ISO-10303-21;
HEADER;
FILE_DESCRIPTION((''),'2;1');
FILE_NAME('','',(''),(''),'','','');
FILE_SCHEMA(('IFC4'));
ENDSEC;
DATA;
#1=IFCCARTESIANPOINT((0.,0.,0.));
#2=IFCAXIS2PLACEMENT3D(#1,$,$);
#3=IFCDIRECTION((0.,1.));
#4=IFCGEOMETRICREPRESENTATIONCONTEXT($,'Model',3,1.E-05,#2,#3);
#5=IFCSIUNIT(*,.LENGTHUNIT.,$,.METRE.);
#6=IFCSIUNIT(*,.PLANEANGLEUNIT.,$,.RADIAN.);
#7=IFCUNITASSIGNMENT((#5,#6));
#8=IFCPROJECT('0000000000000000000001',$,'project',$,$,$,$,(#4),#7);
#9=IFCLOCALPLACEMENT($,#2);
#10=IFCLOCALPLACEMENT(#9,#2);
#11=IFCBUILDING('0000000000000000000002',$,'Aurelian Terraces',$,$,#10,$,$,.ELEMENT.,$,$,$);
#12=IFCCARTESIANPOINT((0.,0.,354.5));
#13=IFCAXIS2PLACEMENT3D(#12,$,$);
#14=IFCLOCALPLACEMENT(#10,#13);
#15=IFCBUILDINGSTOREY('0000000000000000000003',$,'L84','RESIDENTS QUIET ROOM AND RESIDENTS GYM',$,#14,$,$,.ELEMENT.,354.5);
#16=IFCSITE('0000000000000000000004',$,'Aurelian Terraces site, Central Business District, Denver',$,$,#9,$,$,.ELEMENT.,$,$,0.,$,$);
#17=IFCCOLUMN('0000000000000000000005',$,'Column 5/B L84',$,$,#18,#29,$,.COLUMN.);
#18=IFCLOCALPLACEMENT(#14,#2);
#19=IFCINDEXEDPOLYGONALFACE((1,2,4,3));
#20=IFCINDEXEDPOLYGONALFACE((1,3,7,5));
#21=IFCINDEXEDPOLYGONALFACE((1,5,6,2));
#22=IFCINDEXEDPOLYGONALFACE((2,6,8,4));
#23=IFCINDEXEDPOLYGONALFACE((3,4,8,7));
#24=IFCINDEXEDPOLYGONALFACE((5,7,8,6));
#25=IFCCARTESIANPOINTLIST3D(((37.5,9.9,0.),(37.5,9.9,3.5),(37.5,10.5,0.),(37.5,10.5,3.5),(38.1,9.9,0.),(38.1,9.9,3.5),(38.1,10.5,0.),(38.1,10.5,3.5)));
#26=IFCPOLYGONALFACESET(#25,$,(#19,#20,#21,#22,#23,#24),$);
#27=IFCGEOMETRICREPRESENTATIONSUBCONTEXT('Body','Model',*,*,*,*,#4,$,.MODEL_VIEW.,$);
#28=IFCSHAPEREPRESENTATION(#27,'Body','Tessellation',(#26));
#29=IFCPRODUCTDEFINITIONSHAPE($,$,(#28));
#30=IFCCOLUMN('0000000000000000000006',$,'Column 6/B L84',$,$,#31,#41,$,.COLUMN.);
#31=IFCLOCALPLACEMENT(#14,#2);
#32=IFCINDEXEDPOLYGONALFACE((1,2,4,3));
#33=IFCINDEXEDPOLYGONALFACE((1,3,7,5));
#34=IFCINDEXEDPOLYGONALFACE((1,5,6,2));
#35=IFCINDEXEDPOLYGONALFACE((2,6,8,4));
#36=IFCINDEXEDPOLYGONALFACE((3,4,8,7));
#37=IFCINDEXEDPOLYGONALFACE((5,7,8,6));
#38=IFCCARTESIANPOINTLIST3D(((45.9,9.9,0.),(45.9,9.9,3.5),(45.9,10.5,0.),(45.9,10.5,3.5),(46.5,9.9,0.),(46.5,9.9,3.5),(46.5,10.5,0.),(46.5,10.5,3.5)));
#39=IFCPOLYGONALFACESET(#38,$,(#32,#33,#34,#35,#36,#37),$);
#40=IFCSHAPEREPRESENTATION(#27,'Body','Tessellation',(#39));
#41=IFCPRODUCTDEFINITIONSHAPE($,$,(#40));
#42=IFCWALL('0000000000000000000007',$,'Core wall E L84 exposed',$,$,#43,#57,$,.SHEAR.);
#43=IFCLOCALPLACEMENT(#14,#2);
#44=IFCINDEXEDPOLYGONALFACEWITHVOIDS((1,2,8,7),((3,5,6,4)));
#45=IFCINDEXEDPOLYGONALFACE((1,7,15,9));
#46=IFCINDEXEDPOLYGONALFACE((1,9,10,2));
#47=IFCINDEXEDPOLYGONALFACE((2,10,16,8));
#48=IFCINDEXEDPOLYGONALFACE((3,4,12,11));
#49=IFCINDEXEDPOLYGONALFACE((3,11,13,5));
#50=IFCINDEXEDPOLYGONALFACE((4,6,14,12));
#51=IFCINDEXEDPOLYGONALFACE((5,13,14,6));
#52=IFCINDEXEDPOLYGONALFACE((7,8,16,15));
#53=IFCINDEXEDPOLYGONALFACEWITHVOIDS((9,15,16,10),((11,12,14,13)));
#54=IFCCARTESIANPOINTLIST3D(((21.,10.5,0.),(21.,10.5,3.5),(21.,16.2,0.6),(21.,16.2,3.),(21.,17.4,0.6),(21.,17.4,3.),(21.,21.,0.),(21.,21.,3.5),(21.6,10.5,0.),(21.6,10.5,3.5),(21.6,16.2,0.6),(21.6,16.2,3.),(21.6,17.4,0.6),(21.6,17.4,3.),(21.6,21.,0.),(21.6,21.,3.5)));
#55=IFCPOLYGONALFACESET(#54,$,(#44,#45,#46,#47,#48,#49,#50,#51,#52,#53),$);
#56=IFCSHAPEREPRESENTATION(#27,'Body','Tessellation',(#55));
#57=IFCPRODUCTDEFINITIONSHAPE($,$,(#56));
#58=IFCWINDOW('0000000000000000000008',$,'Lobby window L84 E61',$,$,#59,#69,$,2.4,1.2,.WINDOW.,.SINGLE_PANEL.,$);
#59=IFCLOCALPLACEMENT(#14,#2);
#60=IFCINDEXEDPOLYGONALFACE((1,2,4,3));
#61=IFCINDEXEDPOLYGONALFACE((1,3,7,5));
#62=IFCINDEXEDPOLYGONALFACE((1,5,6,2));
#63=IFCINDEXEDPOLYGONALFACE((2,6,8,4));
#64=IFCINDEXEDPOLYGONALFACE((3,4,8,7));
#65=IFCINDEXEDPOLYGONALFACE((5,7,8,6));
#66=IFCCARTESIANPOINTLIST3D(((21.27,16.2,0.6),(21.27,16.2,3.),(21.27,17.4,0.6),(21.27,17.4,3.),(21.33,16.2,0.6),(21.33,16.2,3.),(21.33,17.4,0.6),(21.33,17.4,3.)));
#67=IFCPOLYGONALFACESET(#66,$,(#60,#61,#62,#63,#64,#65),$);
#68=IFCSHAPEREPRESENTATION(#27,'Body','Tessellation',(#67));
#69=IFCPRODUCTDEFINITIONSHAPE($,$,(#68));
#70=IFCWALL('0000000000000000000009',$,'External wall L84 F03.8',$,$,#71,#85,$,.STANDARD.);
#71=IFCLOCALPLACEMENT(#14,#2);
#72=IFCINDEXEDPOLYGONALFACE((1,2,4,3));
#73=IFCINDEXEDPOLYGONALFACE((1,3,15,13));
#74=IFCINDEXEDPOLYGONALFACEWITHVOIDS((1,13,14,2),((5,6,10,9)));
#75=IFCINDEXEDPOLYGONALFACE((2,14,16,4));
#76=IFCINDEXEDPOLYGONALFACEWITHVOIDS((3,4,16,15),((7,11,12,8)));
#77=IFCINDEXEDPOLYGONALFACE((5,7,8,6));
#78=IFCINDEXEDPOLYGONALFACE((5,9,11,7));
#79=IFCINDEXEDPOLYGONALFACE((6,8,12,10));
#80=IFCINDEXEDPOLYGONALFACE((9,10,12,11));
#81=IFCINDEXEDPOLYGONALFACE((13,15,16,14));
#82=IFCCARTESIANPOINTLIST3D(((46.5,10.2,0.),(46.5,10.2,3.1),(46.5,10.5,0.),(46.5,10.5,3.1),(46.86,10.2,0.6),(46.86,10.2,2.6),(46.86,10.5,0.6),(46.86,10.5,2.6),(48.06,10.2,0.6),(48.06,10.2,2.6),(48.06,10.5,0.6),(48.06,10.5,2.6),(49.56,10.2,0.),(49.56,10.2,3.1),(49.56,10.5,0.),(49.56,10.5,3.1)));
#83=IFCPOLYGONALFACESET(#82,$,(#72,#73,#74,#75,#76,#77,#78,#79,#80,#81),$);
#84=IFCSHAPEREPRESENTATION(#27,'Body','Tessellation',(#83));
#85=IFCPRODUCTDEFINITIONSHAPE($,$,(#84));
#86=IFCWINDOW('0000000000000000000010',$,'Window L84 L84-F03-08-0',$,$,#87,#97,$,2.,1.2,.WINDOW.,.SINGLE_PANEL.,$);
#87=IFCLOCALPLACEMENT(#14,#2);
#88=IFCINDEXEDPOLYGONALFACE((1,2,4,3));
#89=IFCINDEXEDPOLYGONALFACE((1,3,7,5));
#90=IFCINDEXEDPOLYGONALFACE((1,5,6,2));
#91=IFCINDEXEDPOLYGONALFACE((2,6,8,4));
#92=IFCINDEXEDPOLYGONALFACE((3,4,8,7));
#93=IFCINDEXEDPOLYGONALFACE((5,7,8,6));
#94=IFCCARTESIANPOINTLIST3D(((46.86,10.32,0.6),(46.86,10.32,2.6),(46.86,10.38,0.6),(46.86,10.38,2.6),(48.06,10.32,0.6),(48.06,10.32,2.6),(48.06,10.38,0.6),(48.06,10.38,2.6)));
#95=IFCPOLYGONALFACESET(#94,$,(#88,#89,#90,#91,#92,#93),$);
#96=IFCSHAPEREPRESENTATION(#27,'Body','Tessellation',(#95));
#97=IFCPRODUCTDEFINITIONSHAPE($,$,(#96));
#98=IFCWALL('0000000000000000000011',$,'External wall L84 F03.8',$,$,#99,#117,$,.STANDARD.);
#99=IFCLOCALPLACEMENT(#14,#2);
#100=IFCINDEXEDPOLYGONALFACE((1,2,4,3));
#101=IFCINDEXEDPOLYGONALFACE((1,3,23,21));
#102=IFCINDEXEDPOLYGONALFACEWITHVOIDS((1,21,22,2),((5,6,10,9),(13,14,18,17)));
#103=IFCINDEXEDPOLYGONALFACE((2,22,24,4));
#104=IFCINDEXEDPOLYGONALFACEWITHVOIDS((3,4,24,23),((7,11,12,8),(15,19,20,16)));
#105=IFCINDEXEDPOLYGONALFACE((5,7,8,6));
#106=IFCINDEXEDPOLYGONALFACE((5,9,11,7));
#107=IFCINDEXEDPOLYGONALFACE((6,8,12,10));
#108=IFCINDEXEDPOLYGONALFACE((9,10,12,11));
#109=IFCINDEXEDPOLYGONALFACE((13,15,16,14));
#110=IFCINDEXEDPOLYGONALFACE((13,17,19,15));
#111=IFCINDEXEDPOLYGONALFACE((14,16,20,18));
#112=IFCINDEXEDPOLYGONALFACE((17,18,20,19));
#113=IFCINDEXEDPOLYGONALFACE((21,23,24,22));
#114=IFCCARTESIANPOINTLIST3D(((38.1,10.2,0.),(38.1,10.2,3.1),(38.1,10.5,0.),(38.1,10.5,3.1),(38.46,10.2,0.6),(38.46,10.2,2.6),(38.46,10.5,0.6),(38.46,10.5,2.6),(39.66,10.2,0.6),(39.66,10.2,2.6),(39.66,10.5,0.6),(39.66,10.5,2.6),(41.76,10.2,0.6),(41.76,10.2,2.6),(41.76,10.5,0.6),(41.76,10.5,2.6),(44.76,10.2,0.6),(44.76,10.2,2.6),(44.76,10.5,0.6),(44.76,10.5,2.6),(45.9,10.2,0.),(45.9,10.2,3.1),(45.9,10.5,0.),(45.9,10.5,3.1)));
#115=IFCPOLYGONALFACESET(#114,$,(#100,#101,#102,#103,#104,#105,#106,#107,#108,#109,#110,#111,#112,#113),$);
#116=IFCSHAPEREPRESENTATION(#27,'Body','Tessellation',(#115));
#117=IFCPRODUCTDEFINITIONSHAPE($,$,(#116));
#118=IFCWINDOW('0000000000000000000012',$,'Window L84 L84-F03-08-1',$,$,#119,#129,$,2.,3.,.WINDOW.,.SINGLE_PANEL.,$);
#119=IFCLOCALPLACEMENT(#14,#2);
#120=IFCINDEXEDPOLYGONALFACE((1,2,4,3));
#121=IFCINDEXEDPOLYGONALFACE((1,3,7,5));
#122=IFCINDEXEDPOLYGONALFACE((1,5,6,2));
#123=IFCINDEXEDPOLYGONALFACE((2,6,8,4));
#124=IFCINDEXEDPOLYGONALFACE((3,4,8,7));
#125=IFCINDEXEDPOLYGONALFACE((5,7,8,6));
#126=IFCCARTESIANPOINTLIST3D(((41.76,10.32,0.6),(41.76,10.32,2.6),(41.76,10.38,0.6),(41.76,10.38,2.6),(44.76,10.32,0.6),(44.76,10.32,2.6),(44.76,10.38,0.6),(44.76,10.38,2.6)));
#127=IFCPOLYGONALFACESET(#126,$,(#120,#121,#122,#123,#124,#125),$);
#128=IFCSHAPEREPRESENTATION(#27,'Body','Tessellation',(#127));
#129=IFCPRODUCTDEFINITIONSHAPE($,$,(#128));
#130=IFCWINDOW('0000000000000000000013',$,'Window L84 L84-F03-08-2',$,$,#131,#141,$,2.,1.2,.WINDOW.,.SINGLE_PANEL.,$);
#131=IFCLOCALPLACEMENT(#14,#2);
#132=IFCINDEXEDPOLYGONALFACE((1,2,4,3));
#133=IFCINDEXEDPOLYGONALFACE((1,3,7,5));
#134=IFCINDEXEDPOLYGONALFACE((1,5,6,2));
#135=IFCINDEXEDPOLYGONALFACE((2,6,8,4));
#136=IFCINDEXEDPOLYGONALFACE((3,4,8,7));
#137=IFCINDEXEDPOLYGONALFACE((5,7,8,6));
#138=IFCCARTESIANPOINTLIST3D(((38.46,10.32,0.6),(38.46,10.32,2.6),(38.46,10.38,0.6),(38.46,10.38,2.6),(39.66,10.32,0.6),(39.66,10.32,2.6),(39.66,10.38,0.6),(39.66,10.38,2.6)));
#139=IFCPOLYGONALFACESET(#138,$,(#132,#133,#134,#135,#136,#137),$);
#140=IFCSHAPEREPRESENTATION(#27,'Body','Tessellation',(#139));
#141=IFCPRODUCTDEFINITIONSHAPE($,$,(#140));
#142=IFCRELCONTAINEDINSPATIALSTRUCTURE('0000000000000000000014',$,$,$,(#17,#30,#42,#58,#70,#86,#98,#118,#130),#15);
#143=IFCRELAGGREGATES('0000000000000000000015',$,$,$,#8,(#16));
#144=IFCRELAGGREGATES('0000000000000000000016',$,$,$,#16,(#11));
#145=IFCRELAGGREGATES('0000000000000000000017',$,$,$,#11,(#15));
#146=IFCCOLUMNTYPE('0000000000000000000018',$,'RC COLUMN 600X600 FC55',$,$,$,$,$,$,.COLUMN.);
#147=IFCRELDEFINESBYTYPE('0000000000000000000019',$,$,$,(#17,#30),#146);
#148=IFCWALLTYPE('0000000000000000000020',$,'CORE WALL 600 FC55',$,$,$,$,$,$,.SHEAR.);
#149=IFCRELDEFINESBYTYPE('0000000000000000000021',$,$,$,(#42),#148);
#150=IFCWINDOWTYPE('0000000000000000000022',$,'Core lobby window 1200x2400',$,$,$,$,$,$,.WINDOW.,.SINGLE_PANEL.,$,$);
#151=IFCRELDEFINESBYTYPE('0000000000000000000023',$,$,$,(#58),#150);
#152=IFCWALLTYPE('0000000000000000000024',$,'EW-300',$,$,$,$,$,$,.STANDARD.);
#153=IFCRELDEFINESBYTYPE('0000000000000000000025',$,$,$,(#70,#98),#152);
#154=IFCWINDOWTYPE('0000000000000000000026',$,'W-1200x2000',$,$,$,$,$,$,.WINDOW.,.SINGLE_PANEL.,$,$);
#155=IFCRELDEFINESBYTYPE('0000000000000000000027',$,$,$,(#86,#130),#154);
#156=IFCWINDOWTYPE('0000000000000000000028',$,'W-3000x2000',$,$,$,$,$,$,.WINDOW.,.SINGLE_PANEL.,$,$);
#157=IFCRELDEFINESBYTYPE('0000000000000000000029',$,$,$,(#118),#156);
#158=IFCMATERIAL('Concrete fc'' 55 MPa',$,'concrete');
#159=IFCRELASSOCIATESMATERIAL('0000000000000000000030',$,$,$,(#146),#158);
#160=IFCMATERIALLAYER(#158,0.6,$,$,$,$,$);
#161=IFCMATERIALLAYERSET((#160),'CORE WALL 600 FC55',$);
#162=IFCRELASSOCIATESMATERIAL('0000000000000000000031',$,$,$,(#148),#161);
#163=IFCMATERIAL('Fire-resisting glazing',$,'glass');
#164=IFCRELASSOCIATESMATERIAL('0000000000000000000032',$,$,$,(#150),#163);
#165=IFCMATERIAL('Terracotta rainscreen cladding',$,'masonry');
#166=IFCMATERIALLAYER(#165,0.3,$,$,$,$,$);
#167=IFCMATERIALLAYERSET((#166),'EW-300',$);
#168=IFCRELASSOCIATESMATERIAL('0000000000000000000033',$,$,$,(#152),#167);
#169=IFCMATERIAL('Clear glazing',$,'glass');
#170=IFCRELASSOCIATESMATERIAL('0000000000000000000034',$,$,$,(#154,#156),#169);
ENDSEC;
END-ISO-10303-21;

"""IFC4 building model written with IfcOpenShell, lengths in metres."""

from ifc_helpers import new_model, si_unit, direction, frame, frame_2d, origin, origin_2d, place, context, subcontext, project, spatial, rectangle, extrude, source, transform, mapped, material, layer, layer_set, material_profile, profile_set, type_object, element, fill, save


model = new_model("IFC4")

# Units and contexts
model_context = context("Model", 3, precision=1e-05, world=origin(), true_north=direction((0.0, 1.0)))
body_context = subcontext(model_context, "Body", "Model", "MODEL_VIEW")
ifc_project = project(units=[si_unit("LENGTHUNIT", "METRE"), si_unit("PLANEANGLEUNIT", "RADIAN")], contexts=[model_context])

# Site, building, storey
site_placement = place(None, origin())
site = spatial("IfcSite", under=ifc_project, at=site_placement, Name="Aurelian Terraces site, Central Business District, Denver", CompositionType="ELEMENT", RefElevation=0.0)
building_placement = place(site_placement, origin())
building = spatial("IfcBuilding", under=site, at=building_placement, Name="Aurelian Terraces", CompositionType="ELEMENT")
storey_placement = place(building_placement, frame((0.0, 0.0, 354.5)))
storey = spatial("IfcBuildingStorey", under=building, at=storey_placement, Name="L84", Description="RESIDENTS QUIET ROOM AND RESIDENTS GYM", CompositionType="ELEMENT", Elevation=354.5)

# Columns
ifc_material_1 = material(Name="Concrete fc' 55 MPa", Category="concrete")
ifc_material_profile = material_profile(ifc_material_1, rectangle(XDim=0.6, YDim=0.6, at=origin_2d()))
ifc_profile_set = profile_set([ifc_material_profile], Name="Concrete fc' 55 MPa")
column_type = type_object("IfcColumnType", Name="RC COLUMN 600X600 FC55", PredefinedType="COLUMN", material=ifc_profile_set)
shared_shape_1 = source(origin(), body_context, "Body", "SweptSolid", [
    extrude(rectangle(XDim=0.6, YDim=0.6, at=origin_2d()), origin(), (0.0, 0.0, 1.0), 3.5),
])
for number, where, z_axis, x_axis, name in (
    (1, (37.8, 10.2, 0.0), (0.0, 0.0, 1.0), (1.0, 0.0, 0.0), "Column 5/B L84"),
    (2, (46.2, 10.2, 0.0), (0.0, 0.0, 1.0), (1.0, 0.0, 0.0), "Column 6/B L84"),
):
    element("IfcColumn", number, at=place(storey_placement, frame(where, z_axis=z_axis, x_axis=x_axis)), inside=storey, type_object=column_type, Name=name, PredefinedType="COLUMN", context=body_context, shape_type="MappedRepresentation", body=[
        mapped(shared_shape_1, transform((0.0, 0.0, 0.0), scale=1.0)),
    ])

# Walls, openings, windows
ifc_layer_1 = layer(ifc_material_1, 0.6)
ifc_layer_set_1 = layer_set([ifc_layer_1], Name="CORE WALL 600 FC55")
wall_type_1 = type_object("IfcWallType", Name="CORE WALL 600 FC55", PredefinedType="SHEAR", material=ifc_layer_set_1)
shared_shape_2 = source(origin(), body_context, "Body", "SweptSolid", [
    extrude(rectangle(XDim=10.5, YDim=0.6, at=frame_2d((5.25, 0.0))), origin(), (0.0, 0.0, 1.0), 3.5),
])
wall_1_placement = place(storey_placement, frame((21.3, 10.5, 0.0), z_axis=(0.0, 0.0, 1.0), x_axis=(0.0, 1.0, 0.0)))
wall_1 = element("IfcWall", 3, at=wall_1_placement, inside=storey, type_object=wall_type_1, Name="Core wall E L84 exposed", PredefinedType="SHEAR", context=body_context, shape_type="MappedRepresentation", body=[
    mapped(shared_shape_2, transform((0.0, 0.0, 0.0), scale=1.0)),
])
shared_shape_3 = source(origin(), body_context, "Body", "SweptSolid", [
    extrude(rectangle(XDim=1.2, YDim=2.4, at=frame_2d((0.6, 1.2))), frame((0.0, 0.31, 0.0), z_axis=(0.0, -1.0, 0.0), x_axis=(1.0, 0.0, 0.0)), (0.0, 0.0, 1.0), 0.62),
])
opening_1_placement = place(wall_1_placement, frame((5.7, 0.0, 0.6)))
opening_1 = element("IfcOpeningElement", 4, at=opening_1_placement, cuts=wall_1, PredefinedType="OPENING", context=body_context, shape_type="MappedRepresentation", body=[
    mapped(shared_shape_3, transform((0.0, 0.0, 0.0), scale=1.0)),
])
ifc_material_2 = material(Name="Fire-resisting glazing", Category="glass")
window_type_1 = type_object("IfcWindowType", Name="Core lobby window 1200x2400", PartitioningType="SINGLE_PANEL", PredefinedType="WINDOW", material=ifc_material_2)
shared_shape_4 = source(origin(), body_context, "Body", "SweptSolid", [
    extrude(rectangle(XDim=1.2, YDim=2.4, at=frame_2d((0.6, 1.2))), frame((0.0, 0.03, 0.0), z_axis=(0.0, -1.0, 0.0), x_axis=(1.0, 0.0, 0.0)), (0.0, 0.0, 1.0), 0.06),
])
window_1_placement = place(opening_1_placement, origin())
window_1 = element("IfcWindow", 5, at=window_1_placement, inside=storey, type_object=window_type_1, Name="Lobby window L84 E61", OverallHeight=2.4, OverallWidth=1.2, PartitioningType="SINGLE_PANEL", PredefinedType="WINDOW", context=body_context, shape_type="MappedRepresentation", body=[
    mapped(shared_shape_4, transform((0.0, 0.0, 0.0), scale=1.0)),
])
fill(opening_1, window_1)
ifc_material_3 = material(Name="Terracotta rainscreen cladding", Category="masonry")
ifc_layer_2 = layer(ifc_material_3, 0.3)
ifc_layer_set_2 = layer_set([ifc_layer_2], Name="EW-300")
wall_type_2 = type_object("IfcWallType", Name="EW-300", PredefinedType="STANDARD", material=ifc_layer_set_2)
shared_shape_5 = source(origin(), body_context, "Body", "SweptSolid", [
    extrude(rectangle(XDim=3.06, YDim=0.3, at=frame_2d((1.53, 0.0))), origin(), (0.0, 0.0, 1.0), 3.1),
])
wall_2_placement = place(storey_placement, frame((49.56, 10.35, 0.0), z_axis=(0.0, 0.0, 1.0), x_axis=(-1.0, 0.0, 0.0)))
wall_2 = element("IfcWall", 6, at=wall_2_placement, inside=storey, type_object=wall_type_2, Name="External wall L84 F03.8", PredefinedType="STANDARD", context=body_context, shape_type="MappedRepresentation", body=[
    mapped(shared_shape_5, transform((0.0, 0.0, 0.0), scale=1.0)),
])
shared_shape_6 = source(origin(), body_context, "Body", "SweptSolid", [
    extrude(rectangle(XDim=1.2, YDim=2.0, at=frame_2d((0.6, 1.0))), frame((0.0, 0.16, 0.0), z_axis=(0.0, -1.0, 0.0), x_axis=(1.0, 0.0, 0.0)), (0.0, 0.0, 1.0), 0.32),
])
opening_2_placement = place(wall_2_placement, frame((1.5, 0.0, 0.6)))
opening_2 = element("IfcOpeningElement", 7, at=opening_2_placement, cuts=wall_2, PredefinedType="OPENING", context=body_context, shape_type="MappedRepresentation", body=[
    mapped(shared_shape_6, transform((0.0, 0.0, 0.0), scale=1.0)),
])
ifc_material_4 = material(Name="Clear glazing", Category="glass")
window_type_2 = type_object("IfcWindowType", Name="W-1200x2000", PartitioningType="SINGLE_PANEL", PredefinedType="WINDOW", material=ifc_material_4)
shared_shape_7 = source(origin(), body_context, "Body", "SweptSolid", [
    extrude(rectangle(XDim=1.2, YDim=2.0, at=frame_2d((0.6, 1.0))), frame((0.0, 0.03, 0.0), z_axis=(0.0, -1.0, 0.0), x_axis=(1.0, 0.0, 0.0)), (0.0, 0.0, 1.0), 0.06),
])
window_2_placement = place(opening_2_placement, origin())
window_2 = element("IfcWindow", 8, at=window_2_placement, inside=storey, type_object=window_type_2, Name="Window L84 L84-F03-08-0", OverallHeight=2.0, OverallWidth=1.2, PartitioningType="SINGLE_PANEL", PredefinedType="WINDOW", context=body_context, shape_type="MappedRepresentation", body=[
    mapped(shared_shape_7, transform((0.0, 0.0, 0.0), scale=1.0)),
])
fill(opening_2, window_2)

# Wall, openings, windows
shared_shape_8 = source(origin(), body_context, "Body", "SweptSolid", [
    extrude(rectangle(XDim=7.8, YDim=0.3, at=frame_2d((3.9, 0.0))), origin(), (0.0, 0.0, 1.0), 3.1),
])
wall_3_placement = place(storey_placement, frame((45.9, 10.35, 0.0), z_axis=(0.0, 0.0, 1.0), x_axis=(-1.0, 0.0, 0.0)))
wall_3 = element("IfcWall", 9, at=wall_3_placement, inside=storey, type_object=wall_type_2, Name="External wall L84 F03.8", PredefinedType="STANDARD", context=body_context, shape_type="MappedRepresentation", body=[
    mapped(shared_shape_8, transform((0.0, 0.0, 0.0), scale=1.0)),
])
shared_shape_9 = source(origin(), body_context, "Body", "SweptSolid", [
    extrude(rectangle(XDim=3.0, YDim=2.0, at=frame_2d((1.5, 1.0))), frame((0.0, 0.16, 0.0), z_axis=(0.0, -1.0, 0.0), x_axis=(1.0, 0.0, 0.0)), (0.0, 0.0, 1.0), 0.32),
])
opening_3_placement = place(wall_3_placement, frame((1.14, 0.0, 0.6)))
opening_3 = element("IfcOpeningElement", 10, at=opening_3_placement, cuts=wall_3, PredefinedType="OPENING", context=body_context, shape_type="MappedRepresentation", body=[
    mapped(shared_shape_9, transform((0.0, 0.0, 0.0), scale=1.0)),
])
opening_4_placement = place(wall_3_placement, frame((6.24, 0.0, 0.6)))
opening_4 = element("IfcOpeningElement", 11, at=opening_4_placement, cuts=wall_3, PredefinedType="OPENING", context=body_context, shape_type="MappedRepresentation", body=[
    mapped(shared_shape_6, transform((0.0, 0.0, 0.0), scale=1.0)),
])
window_type_3 = type_object("IfcWindowType", Name="W-3000x2000", PartitioningType="SINGLE_PANEL", PredefinedType="WINDOW", material=ifc_material_4)
shared_shape_10 = source(origin(), body_context, "Body", "SweptSolid", [
    extrude(rectangle(XDim=3.0, YDim=2.0, at=frame_2d((1.5, 1.0))), frame((0.0, 0.03, 0.0), z_axis=(0.0, -1.0, 0.0), x_axis=(1.0, 0.0, 0.0)), (0.0, 0.0, 1.0), 0.06),
])
window_3_placement = place(opening_3_placement, origin())
window_3 = element("IfcWindow", 12, at=window_3_placement, inside=storey, type_object=window_type_3, Name="Window L84 L84-F03-08-1", OverallHeight=2.0, OverallWidth=3.0, PartitioningType="SINGLE_PANEL", PredefinedType="WINDOW", context=body_context, shape_type="MappedRepresentation", body=[
    mapped(shared_shape_10, transform((0.0, 0.0, 0.0), scale=1.0)),
])
fill(opening_3, window_3)
window_4_placement = place(opening_4_placement, origin())
window_4 = element("IfcWindow", 13, at=window_4_placement, inside=storey, type_object=window_type_2, Name="Window L84 L84-F03-08-2", OverallHeight=2.0, OverallWidth=1.2, PartitioningType="SINGLE_PANEL", PredefinedType="WINDOW", context=body_context, shape_type="MappedRepresentation", body=[
    mapped(shared_shape_7, transform((0.0, 0.0, 0.0), scale=1.0)),
])
fill(opening_4, window_4)

save(model, "model.ifc")
